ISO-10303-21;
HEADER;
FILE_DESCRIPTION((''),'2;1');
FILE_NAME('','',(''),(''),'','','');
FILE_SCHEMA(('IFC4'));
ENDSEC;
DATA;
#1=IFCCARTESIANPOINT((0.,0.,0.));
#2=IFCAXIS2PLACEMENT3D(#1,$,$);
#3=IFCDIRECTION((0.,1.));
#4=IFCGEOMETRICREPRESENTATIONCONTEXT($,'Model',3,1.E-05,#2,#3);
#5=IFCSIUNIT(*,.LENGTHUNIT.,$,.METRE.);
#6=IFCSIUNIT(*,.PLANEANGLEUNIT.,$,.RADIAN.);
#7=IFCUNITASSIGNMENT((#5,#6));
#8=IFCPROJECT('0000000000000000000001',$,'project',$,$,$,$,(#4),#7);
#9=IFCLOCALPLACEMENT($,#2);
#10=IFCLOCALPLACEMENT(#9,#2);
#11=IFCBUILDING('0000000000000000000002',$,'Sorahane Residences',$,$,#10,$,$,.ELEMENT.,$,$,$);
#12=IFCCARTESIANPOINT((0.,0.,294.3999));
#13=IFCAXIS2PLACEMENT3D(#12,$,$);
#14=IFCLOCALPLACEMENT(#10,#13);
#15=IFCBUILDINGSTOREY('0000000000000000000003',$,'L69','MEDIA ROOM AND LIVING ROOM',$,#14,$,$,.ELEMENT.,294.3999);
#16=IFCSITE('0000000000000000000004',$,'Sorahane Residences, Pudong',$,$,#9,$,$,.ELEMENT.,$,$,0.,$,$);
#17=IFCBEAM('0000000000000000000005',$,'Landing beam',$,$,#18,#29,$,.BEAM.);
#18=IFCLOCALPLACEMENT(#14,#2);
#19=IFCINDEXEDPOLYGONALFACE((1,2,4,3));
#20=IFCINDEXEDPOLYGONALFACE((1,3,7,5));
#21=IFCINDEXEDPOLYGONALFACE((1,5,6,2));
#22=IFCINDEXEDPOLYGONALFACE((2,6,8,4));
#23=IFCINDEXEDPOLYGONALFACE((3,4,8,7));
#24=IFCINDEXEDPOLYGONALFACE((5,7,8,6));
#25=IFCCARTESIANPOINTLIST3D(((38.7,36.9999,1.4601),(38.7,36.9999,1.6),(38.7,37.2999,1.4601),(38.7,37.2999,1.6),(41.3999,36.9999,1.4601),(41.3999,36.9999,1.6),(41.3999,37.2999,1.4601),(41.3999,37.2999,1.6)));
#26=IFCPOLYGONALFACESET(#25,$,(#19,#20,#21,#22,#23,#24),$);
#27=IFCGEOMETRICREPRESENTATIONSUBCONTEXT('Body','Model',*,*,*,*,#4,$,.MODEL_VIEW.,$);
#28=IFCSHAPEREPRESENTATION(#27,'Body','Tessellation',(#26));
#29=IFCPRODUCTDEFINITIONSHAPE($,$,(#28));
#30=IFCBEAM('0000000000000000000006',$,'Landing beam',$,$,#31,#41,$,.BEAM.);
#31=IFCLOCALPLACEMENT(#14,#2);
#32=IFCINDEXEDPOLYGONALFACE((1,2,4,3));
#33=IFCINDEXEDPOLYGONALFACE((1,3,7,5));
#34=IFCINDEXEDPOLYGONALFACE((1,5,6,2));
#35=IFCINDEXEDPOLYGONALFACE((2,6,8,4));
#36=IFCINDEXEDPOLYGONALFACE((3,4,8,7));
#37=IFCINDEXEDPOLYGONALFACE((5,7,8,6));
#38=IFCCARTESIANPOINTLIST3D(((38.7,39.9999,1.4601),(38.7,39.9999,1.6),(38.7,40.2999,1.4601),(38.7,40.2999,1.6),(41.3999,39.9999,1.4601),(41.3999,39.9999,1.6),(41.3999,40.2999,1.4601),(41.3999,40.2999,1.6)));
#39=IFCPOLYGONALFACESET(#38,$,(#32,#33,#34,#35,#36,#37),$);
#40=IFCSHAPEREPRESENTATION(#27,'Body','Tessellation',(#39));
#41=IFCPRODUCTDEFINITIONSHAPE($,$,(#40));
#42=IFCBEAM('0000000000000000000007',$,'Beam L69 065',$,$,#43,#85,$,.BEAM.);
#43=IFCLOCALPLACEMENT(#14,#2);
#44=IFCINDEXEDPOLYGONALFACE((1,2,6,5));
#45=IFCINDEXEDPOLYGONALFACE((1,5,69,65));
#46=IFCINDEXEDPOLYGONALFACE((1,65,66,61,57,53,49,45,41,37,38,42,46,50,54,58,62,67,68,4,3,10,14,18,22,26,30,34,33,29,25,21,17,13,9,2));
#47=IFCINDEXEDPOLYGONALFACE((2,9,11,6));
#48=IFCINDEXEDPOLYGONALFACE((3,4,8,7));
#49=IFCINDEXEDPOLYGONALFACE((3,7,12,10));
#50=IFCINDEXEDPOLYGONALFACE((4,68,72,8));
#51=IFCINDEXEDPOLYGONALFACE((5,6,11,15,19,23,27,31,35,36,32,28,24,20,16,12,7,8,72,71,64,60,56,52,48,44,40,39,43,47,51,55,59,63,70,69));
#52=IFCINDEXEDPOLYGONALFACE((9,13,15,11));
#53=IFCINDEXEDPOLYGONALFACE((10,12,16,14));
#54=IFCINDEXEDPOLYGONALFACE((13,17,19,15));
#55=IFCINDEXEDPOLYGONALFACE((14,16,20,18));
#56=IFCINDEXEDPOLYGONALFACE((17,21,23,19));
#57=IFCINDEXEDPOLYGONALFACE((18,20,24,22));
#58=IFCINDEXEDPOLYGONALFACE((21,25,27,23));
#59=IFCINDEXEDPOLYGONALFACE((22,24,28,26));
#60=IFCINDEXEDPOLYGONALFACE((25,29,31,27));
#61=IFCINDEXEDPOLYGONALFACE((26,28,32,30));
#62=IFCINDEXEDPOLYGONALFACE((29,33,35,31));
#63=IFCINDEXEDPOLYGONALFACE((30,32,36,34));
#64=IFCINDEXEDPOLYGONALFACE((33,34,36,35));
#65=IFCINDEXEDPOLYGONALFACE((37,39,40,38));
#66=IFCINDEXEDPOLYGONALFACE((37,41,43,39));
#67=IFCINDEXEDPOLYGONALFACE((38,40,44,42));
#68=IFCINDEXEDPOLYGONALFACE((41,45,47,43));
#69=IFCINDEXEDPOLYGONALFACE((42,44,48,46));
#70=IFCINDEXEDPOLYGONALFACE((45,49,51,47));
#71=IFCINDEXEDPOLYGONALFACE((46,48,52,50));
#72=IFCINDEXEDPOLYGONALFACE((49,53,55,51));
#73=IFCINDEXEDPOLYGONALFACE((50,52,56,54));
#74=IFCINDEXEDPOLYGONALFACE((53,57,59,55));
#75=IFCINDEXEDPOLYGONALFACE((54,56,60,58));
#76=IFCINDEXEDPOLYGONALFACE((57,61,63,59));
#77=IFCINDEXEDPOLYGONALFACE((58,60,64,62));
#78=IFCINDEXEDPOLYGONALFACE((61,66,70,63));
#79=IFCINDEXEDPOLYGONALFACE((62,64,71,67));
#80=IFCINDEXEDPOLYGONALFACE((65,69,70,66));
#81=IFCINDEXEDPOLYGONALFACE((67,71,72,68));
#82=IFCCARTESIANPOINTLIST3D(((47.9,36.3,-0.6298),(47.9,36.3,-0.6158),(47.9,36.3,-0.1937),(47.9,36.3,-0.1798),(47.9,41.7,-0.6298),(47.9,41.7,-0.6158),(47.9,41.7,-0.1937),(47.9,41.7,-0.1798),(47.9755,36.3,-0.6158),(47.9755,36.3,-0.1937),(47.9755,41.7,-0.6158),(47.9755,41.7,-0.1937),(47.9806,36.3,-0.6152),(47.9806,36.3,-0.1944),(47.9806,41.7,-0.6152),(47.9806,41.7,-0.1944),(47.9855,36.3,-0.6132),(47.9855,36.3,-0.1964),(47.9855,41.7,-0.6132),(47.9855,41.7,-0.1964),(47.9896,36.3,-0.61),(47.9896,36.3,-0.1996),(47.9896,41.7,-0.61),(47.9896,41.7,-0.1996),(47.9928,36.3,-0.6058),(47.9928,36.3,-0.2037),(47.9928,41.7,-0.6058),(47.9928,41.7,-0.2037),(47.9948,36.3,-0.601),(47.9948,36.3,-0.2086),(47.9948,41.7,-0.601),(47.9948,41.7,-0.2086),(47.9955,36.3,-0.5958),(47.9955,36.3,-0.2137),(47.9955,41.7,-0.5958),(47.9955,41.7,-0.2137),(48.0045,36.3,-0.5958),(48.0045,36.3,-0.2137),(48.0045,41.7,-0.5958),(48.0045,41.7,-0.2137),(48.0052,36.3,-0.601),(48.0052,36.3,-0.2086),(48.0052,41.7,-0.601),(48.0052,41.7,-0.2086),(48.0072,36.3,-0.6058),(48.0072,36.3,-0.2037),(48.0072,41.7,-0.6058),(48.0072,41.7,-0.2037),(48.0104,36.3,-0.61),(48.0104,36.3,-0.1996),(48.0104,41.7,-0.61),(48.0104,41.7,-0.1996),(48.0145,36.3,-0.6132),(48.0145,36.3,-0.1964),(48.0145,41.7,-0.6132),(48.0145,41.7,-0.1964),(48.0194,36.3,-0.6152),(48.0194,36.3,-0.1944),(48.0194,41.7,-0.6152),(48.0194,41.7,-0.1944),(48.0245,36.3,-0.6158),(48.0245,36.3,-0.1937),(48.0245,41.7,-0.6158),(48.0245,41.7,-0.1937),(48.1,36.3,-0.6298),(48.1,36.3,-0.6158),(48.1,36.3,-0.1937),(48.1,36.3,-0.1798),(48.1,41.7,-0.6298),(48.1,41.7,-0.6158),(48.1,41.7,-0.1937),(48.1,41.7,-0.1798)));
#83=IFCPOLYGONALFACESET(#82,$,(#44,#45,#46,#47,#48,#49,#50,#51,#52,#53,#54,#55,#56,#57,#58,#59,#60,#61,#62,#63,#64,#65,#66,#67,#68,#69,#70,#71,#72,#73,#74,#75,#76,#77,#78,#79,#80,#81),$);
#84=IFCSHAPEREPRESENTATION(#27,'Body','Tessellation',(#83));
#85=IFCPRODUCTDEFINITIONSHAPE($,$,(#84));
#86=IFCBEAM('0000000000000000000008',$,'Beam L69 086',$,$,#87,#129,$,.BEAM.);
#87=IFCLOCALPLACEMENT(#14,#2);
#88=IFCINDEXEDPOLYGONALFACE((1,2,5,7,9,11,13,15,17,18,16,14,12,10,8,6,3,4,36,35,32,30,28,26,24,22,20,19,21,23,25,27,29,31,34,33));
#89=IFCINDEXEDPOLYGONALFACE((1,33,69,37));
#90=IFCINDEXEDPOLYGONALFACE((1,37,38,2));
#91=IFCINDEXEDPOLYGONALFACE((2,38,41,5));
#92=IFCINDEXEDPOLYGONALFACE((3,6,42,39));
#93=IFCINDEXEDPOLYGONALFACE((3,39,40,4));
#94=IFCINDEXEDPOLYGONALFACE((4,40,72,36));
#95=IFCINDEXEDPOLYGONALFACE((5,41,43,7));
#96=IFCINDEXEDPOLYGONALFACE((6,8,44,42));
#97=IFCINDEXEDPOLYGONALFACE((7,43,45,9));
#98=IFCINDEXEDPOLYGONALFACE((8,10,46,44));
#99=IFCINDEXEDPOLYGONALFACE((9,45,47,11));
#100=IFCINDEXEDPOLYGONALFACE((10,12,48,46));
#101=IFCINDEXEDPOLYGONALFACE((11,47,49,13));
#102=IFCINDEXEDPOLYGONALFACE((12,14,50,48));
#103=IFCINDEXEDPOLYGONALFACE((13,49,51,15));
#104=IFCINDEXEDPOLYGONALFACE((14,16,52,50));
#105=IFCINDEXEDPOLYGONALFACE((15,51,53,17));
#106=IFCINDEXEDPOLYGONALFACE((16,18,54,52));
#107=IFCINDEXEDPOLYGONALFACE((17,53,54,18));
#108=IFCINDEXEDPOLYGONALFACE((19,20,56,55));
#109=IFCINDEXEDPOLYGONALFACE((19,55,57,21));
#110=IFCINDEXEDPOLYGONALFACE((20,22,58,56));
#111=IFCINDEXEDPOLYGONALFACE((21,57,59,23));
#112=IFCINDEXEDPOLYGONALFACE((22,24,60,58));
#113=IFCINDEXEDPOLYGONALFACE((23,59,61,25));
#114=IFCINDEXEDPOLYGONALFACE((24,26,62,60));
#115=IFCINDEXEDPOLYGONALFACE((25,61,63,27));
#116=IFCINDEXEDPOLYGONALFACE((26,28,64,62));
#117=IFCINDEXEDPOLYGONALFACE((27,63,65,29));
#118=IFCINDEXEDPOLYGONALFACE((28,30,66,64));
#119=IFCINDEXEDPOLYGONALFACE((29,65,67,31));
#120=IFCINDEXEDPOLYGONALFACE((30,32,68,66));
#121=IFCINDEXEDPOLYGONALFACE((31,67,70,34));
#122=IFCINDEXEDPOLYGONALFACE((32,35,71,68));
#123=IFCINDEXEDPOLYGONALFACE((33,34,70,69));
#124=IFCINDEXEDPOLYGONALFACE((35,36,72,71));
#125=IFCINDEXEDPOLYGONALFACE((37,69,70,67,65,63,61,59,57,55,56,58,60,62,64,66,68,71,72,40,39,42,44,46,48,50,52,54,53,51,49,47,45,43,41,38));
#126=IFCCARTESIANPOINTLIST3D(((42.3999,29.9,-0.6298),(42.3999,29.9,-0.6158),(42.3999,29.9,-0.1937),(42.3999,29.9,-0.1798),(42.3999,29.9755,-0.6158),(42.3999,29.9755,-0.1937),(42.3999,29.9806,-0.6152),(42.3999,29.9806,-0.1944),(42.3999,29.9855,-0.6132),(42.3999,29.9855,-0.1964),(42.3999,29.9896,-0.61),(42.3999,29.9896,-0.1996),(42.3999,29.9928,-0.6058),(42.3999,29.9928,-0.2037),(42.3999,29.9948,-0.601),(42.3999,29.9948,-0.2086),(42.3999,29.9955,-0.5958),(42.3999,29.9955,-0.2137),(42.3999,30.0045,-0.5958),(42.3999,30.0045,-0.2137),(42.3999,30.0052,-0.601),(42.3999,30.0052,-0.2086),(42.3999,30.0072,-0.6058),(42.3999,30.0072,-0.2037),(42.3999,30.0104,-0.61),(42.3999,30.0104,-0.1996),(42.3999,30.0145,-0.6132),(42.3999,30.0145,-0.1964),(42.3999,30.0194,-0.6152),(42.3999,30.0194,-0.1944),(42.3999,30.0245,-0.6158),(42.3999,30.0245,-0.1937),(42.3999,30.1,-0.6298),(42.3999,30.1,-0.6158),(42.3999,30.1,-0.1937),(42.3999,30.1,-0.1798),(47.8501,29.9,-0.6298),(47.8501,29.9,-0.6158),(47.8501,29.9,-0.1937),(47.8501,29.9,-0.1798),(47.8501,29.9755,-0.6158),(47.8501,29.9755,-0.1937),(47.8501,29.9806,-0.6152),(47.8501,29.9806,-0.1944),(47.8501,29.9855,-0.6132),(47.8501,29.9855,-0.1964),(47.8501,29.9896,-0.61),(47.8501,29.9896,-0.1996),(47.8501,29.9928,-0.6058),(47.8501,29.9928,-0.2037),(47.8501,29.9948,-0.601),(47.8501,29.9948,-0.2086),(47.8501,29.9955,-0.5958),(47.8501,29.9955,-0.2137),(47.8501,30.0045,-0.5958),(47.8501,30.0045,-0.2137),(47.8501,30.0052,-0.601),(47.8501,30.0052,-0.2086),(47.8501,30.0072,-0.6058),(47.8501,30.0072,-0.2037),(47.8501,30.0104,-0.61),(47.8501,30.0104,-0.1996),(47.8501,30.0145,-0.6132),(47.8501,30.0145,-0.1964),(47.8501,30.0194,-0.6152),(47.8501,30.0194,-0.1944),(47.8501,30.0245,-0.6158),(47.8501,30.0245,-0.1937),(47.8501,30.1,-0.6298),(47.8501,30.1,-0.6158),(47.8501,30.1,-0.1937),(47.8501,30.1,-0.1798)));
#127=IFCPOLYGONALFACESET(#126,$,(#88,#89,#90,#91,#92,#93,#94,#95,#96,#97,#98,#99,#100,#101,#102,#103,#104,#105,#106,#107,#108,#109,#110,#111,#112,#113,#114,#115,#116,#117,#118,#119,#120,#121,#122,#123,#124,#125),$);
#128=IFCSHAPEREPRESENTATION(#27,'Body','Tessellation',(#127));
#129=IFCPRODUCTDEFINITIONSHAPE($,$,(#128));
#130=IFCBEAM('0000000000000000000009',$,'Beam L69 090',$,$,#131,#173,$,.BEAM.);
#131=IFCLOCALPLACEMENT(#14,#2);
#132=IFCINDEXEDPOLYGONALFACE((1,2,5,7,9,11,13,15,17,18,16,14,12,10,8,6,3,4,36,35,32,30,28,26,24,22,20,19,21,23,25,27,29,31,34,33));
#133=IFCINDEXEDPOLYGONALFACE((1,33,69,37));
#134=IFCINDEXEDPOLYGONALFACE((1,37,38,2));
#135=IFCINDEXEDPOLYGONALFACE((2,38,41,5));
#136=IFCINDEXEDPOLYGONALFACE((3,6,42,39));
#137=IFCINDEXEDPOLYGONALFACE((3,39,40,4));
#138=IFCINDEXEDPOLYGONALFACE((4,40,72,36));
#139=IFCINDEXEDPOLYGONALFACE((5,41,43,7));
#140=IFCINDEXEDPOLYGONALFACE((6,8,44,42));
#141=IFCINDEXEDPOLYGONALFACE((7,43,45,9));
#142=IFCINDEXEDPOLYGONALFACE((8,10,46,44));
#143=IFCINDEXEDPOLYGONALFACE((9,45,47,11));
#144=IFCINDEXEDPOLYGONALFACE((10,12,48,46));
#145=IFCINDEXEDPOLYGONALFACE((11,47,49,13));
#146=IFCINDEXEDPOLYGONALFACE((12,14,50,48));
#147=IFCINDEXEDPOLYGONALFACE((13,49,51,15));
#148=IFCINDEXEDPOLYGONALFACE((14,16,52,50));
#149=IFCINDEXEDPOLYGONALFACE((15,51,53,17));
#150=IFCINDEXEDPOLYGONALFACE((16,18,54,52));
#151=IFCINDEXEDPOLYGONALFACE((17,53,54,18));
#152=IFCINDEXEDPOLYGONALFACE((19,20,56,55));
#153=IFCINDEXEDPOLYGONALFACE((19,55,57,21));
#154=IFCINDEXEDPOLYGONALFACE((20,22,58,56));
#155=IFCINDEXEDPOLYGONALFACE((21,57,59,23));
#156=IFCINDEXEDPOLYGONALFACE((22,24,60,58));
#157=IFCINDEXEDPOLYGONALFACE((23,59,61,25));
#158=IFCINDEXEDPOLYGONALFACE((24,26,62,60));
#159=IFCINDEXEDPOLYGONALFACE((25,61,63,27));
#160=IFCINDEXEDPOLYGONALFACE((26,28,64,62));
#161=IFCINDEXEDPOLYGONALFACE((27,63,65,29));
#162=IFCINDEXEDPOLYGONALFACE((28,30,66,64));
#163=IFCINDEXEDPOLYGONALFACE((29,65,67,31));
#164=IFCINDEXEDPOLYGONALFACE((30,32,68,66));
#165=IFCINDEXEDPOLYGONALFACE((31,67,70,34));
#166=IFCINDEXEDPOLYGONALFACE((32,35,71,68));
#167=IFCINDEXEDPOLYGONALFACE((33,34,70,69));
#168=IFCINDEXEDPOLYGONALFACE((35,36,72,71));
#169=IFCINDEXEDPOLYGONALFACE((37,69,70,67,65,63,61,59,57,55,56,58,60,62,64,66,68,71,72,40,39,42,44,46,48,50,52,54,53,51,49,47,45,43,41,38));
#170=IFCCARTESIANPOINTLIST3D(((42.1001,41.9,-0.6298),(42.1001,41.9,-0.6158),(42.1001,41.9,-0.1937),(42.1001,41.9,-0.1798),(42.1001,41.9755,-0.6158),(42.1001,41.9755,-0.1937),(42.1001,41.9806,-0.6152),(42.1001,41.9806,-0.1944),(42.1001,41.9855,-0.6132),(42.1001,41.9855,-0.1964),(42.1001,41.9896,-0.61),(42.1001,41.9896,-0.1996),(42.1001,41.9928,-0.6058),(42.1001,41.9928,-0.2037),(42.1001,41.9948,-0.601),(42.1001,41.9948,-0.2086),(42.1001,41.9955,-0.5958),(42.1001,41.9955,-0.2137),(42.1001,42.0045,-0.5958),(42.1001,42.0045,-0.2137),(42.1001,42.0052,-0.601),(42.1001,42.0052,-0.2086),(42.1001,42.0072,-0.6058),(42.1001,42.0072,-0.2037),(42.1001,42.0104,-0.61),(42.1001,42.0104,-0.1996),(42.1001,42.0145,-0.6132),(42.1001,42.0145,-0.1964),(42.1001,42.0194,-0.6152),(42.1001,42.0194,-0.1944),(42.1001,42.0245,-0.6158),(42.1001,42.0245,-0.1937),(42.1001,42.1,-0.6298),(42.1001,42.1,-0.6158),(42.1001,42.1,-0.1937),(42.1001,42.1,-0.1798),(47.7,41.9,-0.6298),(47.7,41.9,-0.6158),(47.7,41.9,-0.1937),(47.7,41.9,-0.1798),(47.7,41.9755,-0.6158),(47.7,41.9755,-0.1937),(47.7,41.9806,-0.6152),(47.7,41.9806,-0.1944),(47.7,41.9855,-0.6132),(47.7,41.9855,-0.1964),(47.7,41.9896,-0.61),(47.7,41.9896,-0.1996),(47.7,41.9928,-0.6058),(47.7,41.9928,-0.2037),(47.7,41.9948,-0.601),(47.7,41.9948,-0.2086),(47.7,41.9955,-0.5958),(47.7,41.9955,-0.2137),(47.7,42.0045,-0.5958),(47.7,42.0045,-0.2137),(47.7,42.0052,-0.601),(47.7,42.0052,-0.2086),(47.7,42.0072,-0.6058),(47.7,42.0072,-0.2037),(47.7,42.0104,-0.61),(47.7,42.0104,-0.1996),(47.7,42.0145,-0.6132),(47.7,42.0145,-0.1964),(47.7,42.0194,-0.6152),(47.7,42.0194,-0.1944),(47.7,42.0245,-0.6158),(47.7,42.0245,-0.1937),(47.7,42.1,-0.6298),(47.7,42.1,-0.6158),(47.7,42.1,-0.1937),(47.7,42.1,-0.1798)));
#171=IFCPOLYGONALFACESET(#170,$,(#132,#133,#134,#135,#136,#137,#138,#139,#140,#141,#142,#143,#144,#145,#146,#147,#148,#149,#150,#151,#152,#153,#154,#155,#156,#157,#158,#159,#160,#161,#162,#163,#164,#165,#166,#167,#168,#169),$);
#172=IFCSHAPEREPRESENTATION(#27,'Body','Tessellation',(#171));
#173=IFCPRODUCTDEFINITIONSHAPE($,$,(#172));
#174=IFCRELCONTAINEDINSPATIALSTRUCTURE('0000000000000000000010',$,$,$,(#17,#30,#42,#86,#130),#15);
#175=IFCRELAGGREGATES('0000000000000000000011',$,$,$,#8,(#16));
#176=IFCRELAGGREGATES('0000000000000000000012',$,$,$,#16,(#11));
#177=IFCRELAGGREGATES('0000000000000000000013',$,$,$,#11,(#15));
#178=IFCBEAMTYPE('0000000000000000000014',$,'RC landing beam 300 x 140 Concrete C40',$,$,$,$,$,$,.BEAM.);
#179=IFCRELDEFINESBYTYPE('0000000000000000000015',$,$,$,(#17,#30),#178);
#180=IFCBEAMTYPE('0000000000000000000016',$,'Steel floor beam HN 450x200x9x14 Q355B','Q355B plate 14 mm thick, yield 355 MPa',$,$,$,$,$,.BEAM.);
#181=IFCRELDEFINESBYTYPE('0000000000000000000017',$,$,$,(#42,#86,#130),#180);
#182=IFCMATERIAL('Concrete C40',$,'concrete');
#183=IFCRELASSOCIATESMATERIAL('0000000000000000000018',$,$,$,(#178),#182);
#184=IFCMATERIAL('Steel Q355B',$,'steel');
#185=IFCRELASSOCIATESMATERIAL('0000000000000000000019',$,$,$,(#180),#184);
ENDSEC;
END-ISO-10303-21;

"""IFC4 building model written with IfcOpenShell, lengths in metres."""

from ifc_helpers import new_model, si_unit, direction, frame, origin, origin_2d, place, context, subcontext, project, spatial, rectangle, i_section, extrude, material, material_profile, profile_set, type_object, element, save


model = new_model("IFC4")

# Units and contexts
model_context = context("Model", 3, precision=1e-05, world=origin(), true_north=direction((0.0, 1.0)))
body_context = subcontext(model_context, "Body", "Model", "MODEL_VIEW")
ifc_project = project(units=[si_unit("LENGTHUNIT", "METRE"), si_unit("PLANEANGLEUNIT", "RADIAN")], contexts=[model_context])

# Site, building, storey
site_placement = place(None, origin())
site = spatial("IfcSite", under=ifc_project, at=site_placement, Name="Sorahane Residences, Pudong", CompositionType="ELEMENT", RefElevation=0.0)
building_placement = place(site_placement, origin())
building = spatial("IfcBuilding", under=site, at=building_placement, Name="Sorahane Residences", CompositionType="ELEMENT")
storey_placement = place(building_placement, frame((0.0, 0.0, 294.3999)))
storey = spatial("IfcBuildingStorey", under=building, at=storey_placement, Name="L69", Description="MEDIA ROOM AND LIVING ROOM", CompositionType="ELEMENT", Elevation=294.3999)

# Beams
ifc_material_1 = material(Name="Concrete C40", Category="concrete")
ifc_material_profile_1 = material_profile(ifc_material_1, rectangle(XDim=0.3, YDim=0.1399, at=origin_2d()), Name="300x140")
ifc_profile_set_1 = profile_set([ifc_material_profile_1], Name="Concrete C40")
beam_type_1 = type_object("IfcBeamType", Name="RC landing beam 300 x 140 Concrete C40", PredefinedType="BEAM", material=ifc_profile_set_1)
for number, where, z_axis, x_axis, name in (
    (1, (38.7, 37.1499, 1.53), (1.0, 0.0, 0.0), (0.0, 1.0, 0.0), "Landing beam"),
    (2, (38.7, 40.1499, 1.53), (1.0, 0.0, 0.0), (0.0, 1.0, 0.0), "Landing beam"),
):
    element("IfcBeam", number, at=place(storey_placement, frame(where, z_axis=z_axis, x_axis=x_axis)), inside=storey, type_object=beam_type_1, Name=name, PredefinedType="BEAM", context=body_context, shape_type="SweptSolid", body=[
        extrude(rectangle(XDim=0.3, YDim=0.1399, at=origin_2d()), origin(), (0.0, 0.0, 1.0), 2.7),
    ])
ifc_material_2 = material(Name="Steel Q355B", Category="steel")
ifc_material_profile_2 = material_profile(ifc_material_2, i_section(OverallWidth=0.2, OverallDepth=0.45, WebThickness=0.009, FlangeThickness=0.0139, FilletRadius=0.02, at=origin_2d()), Name="HN 450x200x9x14")
ifc_profile_set_2 = profile_set([ifc_material_profile_2], Name="Steel Q355B")
beam_type_2 = type_object("IfcBeamType", Name="Steel floor beam HN 450x200x9x14 Q355B", Description="Q355B plate 14 mm thick, yield 355 MPa", PredefinedType="BEAM", material=ifc_profile_set_2)
beam_1_placement = place(storey_placement, frame((48.0, 36.3, -0.4048), z_axis=(0.0, 1.0, 0.0), x_axis=(-1.0, 0.0, 0.0)))
element("IfcBeam", 3, at=beam_1_placement, inside=storey, type_object=beam_type_2, Name="Beam L69 065", PredefinedType="BEAM", context=body_context, shape_type="SweptSolid", body=[
    extrude(i_section(OverallWidth=0.2, OverallDepth=0.45, WebThickness=0.009, FlangeThickness=0.0139, FilletRadius=0.02, at=origin_2d()), origin(), (0.0, 0.0, 1.0), 5.3999),
])
beam_2_placement = place(storey_placement, frame((42.3999, 30.0, -0.4048), z_axis=(1.0, 0.0, 0.0), x_axis=(0.0, 1.0, 0.0)))
element("IfcBeam", 4, at=beam_2_placement, inside=storey, type_object=beam_type_2, Name="Beam L69 086", PredefinedType="BEAM", context=body_context, shape_type="SweptSolid", body=[
    extrude(i_section(OverallWidth=0.2, OverallDepth=0.45, WebThickness=0.009, FlangeThickness=0.0139, FilletRadius=0.02, at=origin_2d()), origin(), (0.0, 0.0, 1.0), 5.4502),
])
beam_3_placement = place(storey_placement, frame((42.1001, 42.0, -0.4048), z_axis=(1.0, 0.0, 0.0), x_axis=(0.0, 1.0, 0.0)))
element("IfcBeam", 5, at=beam_3_placement, inside=storey, type_object=beam_type_2, Name="Beam L69 090", PredefinedType="BEAM", context=body_context, shape_type="SweptSolid", body=[
    extrude(i_section(OverallWidth=0.2, OverallDepth=0.45, WebThickness=0.009, FlangeThickness=0.0139, FilletRadius=0.02, at=origin_2d()), origin(), (0.0, 0.0, 1.0), 5.5999),
])

save(model, "model.ifc")
